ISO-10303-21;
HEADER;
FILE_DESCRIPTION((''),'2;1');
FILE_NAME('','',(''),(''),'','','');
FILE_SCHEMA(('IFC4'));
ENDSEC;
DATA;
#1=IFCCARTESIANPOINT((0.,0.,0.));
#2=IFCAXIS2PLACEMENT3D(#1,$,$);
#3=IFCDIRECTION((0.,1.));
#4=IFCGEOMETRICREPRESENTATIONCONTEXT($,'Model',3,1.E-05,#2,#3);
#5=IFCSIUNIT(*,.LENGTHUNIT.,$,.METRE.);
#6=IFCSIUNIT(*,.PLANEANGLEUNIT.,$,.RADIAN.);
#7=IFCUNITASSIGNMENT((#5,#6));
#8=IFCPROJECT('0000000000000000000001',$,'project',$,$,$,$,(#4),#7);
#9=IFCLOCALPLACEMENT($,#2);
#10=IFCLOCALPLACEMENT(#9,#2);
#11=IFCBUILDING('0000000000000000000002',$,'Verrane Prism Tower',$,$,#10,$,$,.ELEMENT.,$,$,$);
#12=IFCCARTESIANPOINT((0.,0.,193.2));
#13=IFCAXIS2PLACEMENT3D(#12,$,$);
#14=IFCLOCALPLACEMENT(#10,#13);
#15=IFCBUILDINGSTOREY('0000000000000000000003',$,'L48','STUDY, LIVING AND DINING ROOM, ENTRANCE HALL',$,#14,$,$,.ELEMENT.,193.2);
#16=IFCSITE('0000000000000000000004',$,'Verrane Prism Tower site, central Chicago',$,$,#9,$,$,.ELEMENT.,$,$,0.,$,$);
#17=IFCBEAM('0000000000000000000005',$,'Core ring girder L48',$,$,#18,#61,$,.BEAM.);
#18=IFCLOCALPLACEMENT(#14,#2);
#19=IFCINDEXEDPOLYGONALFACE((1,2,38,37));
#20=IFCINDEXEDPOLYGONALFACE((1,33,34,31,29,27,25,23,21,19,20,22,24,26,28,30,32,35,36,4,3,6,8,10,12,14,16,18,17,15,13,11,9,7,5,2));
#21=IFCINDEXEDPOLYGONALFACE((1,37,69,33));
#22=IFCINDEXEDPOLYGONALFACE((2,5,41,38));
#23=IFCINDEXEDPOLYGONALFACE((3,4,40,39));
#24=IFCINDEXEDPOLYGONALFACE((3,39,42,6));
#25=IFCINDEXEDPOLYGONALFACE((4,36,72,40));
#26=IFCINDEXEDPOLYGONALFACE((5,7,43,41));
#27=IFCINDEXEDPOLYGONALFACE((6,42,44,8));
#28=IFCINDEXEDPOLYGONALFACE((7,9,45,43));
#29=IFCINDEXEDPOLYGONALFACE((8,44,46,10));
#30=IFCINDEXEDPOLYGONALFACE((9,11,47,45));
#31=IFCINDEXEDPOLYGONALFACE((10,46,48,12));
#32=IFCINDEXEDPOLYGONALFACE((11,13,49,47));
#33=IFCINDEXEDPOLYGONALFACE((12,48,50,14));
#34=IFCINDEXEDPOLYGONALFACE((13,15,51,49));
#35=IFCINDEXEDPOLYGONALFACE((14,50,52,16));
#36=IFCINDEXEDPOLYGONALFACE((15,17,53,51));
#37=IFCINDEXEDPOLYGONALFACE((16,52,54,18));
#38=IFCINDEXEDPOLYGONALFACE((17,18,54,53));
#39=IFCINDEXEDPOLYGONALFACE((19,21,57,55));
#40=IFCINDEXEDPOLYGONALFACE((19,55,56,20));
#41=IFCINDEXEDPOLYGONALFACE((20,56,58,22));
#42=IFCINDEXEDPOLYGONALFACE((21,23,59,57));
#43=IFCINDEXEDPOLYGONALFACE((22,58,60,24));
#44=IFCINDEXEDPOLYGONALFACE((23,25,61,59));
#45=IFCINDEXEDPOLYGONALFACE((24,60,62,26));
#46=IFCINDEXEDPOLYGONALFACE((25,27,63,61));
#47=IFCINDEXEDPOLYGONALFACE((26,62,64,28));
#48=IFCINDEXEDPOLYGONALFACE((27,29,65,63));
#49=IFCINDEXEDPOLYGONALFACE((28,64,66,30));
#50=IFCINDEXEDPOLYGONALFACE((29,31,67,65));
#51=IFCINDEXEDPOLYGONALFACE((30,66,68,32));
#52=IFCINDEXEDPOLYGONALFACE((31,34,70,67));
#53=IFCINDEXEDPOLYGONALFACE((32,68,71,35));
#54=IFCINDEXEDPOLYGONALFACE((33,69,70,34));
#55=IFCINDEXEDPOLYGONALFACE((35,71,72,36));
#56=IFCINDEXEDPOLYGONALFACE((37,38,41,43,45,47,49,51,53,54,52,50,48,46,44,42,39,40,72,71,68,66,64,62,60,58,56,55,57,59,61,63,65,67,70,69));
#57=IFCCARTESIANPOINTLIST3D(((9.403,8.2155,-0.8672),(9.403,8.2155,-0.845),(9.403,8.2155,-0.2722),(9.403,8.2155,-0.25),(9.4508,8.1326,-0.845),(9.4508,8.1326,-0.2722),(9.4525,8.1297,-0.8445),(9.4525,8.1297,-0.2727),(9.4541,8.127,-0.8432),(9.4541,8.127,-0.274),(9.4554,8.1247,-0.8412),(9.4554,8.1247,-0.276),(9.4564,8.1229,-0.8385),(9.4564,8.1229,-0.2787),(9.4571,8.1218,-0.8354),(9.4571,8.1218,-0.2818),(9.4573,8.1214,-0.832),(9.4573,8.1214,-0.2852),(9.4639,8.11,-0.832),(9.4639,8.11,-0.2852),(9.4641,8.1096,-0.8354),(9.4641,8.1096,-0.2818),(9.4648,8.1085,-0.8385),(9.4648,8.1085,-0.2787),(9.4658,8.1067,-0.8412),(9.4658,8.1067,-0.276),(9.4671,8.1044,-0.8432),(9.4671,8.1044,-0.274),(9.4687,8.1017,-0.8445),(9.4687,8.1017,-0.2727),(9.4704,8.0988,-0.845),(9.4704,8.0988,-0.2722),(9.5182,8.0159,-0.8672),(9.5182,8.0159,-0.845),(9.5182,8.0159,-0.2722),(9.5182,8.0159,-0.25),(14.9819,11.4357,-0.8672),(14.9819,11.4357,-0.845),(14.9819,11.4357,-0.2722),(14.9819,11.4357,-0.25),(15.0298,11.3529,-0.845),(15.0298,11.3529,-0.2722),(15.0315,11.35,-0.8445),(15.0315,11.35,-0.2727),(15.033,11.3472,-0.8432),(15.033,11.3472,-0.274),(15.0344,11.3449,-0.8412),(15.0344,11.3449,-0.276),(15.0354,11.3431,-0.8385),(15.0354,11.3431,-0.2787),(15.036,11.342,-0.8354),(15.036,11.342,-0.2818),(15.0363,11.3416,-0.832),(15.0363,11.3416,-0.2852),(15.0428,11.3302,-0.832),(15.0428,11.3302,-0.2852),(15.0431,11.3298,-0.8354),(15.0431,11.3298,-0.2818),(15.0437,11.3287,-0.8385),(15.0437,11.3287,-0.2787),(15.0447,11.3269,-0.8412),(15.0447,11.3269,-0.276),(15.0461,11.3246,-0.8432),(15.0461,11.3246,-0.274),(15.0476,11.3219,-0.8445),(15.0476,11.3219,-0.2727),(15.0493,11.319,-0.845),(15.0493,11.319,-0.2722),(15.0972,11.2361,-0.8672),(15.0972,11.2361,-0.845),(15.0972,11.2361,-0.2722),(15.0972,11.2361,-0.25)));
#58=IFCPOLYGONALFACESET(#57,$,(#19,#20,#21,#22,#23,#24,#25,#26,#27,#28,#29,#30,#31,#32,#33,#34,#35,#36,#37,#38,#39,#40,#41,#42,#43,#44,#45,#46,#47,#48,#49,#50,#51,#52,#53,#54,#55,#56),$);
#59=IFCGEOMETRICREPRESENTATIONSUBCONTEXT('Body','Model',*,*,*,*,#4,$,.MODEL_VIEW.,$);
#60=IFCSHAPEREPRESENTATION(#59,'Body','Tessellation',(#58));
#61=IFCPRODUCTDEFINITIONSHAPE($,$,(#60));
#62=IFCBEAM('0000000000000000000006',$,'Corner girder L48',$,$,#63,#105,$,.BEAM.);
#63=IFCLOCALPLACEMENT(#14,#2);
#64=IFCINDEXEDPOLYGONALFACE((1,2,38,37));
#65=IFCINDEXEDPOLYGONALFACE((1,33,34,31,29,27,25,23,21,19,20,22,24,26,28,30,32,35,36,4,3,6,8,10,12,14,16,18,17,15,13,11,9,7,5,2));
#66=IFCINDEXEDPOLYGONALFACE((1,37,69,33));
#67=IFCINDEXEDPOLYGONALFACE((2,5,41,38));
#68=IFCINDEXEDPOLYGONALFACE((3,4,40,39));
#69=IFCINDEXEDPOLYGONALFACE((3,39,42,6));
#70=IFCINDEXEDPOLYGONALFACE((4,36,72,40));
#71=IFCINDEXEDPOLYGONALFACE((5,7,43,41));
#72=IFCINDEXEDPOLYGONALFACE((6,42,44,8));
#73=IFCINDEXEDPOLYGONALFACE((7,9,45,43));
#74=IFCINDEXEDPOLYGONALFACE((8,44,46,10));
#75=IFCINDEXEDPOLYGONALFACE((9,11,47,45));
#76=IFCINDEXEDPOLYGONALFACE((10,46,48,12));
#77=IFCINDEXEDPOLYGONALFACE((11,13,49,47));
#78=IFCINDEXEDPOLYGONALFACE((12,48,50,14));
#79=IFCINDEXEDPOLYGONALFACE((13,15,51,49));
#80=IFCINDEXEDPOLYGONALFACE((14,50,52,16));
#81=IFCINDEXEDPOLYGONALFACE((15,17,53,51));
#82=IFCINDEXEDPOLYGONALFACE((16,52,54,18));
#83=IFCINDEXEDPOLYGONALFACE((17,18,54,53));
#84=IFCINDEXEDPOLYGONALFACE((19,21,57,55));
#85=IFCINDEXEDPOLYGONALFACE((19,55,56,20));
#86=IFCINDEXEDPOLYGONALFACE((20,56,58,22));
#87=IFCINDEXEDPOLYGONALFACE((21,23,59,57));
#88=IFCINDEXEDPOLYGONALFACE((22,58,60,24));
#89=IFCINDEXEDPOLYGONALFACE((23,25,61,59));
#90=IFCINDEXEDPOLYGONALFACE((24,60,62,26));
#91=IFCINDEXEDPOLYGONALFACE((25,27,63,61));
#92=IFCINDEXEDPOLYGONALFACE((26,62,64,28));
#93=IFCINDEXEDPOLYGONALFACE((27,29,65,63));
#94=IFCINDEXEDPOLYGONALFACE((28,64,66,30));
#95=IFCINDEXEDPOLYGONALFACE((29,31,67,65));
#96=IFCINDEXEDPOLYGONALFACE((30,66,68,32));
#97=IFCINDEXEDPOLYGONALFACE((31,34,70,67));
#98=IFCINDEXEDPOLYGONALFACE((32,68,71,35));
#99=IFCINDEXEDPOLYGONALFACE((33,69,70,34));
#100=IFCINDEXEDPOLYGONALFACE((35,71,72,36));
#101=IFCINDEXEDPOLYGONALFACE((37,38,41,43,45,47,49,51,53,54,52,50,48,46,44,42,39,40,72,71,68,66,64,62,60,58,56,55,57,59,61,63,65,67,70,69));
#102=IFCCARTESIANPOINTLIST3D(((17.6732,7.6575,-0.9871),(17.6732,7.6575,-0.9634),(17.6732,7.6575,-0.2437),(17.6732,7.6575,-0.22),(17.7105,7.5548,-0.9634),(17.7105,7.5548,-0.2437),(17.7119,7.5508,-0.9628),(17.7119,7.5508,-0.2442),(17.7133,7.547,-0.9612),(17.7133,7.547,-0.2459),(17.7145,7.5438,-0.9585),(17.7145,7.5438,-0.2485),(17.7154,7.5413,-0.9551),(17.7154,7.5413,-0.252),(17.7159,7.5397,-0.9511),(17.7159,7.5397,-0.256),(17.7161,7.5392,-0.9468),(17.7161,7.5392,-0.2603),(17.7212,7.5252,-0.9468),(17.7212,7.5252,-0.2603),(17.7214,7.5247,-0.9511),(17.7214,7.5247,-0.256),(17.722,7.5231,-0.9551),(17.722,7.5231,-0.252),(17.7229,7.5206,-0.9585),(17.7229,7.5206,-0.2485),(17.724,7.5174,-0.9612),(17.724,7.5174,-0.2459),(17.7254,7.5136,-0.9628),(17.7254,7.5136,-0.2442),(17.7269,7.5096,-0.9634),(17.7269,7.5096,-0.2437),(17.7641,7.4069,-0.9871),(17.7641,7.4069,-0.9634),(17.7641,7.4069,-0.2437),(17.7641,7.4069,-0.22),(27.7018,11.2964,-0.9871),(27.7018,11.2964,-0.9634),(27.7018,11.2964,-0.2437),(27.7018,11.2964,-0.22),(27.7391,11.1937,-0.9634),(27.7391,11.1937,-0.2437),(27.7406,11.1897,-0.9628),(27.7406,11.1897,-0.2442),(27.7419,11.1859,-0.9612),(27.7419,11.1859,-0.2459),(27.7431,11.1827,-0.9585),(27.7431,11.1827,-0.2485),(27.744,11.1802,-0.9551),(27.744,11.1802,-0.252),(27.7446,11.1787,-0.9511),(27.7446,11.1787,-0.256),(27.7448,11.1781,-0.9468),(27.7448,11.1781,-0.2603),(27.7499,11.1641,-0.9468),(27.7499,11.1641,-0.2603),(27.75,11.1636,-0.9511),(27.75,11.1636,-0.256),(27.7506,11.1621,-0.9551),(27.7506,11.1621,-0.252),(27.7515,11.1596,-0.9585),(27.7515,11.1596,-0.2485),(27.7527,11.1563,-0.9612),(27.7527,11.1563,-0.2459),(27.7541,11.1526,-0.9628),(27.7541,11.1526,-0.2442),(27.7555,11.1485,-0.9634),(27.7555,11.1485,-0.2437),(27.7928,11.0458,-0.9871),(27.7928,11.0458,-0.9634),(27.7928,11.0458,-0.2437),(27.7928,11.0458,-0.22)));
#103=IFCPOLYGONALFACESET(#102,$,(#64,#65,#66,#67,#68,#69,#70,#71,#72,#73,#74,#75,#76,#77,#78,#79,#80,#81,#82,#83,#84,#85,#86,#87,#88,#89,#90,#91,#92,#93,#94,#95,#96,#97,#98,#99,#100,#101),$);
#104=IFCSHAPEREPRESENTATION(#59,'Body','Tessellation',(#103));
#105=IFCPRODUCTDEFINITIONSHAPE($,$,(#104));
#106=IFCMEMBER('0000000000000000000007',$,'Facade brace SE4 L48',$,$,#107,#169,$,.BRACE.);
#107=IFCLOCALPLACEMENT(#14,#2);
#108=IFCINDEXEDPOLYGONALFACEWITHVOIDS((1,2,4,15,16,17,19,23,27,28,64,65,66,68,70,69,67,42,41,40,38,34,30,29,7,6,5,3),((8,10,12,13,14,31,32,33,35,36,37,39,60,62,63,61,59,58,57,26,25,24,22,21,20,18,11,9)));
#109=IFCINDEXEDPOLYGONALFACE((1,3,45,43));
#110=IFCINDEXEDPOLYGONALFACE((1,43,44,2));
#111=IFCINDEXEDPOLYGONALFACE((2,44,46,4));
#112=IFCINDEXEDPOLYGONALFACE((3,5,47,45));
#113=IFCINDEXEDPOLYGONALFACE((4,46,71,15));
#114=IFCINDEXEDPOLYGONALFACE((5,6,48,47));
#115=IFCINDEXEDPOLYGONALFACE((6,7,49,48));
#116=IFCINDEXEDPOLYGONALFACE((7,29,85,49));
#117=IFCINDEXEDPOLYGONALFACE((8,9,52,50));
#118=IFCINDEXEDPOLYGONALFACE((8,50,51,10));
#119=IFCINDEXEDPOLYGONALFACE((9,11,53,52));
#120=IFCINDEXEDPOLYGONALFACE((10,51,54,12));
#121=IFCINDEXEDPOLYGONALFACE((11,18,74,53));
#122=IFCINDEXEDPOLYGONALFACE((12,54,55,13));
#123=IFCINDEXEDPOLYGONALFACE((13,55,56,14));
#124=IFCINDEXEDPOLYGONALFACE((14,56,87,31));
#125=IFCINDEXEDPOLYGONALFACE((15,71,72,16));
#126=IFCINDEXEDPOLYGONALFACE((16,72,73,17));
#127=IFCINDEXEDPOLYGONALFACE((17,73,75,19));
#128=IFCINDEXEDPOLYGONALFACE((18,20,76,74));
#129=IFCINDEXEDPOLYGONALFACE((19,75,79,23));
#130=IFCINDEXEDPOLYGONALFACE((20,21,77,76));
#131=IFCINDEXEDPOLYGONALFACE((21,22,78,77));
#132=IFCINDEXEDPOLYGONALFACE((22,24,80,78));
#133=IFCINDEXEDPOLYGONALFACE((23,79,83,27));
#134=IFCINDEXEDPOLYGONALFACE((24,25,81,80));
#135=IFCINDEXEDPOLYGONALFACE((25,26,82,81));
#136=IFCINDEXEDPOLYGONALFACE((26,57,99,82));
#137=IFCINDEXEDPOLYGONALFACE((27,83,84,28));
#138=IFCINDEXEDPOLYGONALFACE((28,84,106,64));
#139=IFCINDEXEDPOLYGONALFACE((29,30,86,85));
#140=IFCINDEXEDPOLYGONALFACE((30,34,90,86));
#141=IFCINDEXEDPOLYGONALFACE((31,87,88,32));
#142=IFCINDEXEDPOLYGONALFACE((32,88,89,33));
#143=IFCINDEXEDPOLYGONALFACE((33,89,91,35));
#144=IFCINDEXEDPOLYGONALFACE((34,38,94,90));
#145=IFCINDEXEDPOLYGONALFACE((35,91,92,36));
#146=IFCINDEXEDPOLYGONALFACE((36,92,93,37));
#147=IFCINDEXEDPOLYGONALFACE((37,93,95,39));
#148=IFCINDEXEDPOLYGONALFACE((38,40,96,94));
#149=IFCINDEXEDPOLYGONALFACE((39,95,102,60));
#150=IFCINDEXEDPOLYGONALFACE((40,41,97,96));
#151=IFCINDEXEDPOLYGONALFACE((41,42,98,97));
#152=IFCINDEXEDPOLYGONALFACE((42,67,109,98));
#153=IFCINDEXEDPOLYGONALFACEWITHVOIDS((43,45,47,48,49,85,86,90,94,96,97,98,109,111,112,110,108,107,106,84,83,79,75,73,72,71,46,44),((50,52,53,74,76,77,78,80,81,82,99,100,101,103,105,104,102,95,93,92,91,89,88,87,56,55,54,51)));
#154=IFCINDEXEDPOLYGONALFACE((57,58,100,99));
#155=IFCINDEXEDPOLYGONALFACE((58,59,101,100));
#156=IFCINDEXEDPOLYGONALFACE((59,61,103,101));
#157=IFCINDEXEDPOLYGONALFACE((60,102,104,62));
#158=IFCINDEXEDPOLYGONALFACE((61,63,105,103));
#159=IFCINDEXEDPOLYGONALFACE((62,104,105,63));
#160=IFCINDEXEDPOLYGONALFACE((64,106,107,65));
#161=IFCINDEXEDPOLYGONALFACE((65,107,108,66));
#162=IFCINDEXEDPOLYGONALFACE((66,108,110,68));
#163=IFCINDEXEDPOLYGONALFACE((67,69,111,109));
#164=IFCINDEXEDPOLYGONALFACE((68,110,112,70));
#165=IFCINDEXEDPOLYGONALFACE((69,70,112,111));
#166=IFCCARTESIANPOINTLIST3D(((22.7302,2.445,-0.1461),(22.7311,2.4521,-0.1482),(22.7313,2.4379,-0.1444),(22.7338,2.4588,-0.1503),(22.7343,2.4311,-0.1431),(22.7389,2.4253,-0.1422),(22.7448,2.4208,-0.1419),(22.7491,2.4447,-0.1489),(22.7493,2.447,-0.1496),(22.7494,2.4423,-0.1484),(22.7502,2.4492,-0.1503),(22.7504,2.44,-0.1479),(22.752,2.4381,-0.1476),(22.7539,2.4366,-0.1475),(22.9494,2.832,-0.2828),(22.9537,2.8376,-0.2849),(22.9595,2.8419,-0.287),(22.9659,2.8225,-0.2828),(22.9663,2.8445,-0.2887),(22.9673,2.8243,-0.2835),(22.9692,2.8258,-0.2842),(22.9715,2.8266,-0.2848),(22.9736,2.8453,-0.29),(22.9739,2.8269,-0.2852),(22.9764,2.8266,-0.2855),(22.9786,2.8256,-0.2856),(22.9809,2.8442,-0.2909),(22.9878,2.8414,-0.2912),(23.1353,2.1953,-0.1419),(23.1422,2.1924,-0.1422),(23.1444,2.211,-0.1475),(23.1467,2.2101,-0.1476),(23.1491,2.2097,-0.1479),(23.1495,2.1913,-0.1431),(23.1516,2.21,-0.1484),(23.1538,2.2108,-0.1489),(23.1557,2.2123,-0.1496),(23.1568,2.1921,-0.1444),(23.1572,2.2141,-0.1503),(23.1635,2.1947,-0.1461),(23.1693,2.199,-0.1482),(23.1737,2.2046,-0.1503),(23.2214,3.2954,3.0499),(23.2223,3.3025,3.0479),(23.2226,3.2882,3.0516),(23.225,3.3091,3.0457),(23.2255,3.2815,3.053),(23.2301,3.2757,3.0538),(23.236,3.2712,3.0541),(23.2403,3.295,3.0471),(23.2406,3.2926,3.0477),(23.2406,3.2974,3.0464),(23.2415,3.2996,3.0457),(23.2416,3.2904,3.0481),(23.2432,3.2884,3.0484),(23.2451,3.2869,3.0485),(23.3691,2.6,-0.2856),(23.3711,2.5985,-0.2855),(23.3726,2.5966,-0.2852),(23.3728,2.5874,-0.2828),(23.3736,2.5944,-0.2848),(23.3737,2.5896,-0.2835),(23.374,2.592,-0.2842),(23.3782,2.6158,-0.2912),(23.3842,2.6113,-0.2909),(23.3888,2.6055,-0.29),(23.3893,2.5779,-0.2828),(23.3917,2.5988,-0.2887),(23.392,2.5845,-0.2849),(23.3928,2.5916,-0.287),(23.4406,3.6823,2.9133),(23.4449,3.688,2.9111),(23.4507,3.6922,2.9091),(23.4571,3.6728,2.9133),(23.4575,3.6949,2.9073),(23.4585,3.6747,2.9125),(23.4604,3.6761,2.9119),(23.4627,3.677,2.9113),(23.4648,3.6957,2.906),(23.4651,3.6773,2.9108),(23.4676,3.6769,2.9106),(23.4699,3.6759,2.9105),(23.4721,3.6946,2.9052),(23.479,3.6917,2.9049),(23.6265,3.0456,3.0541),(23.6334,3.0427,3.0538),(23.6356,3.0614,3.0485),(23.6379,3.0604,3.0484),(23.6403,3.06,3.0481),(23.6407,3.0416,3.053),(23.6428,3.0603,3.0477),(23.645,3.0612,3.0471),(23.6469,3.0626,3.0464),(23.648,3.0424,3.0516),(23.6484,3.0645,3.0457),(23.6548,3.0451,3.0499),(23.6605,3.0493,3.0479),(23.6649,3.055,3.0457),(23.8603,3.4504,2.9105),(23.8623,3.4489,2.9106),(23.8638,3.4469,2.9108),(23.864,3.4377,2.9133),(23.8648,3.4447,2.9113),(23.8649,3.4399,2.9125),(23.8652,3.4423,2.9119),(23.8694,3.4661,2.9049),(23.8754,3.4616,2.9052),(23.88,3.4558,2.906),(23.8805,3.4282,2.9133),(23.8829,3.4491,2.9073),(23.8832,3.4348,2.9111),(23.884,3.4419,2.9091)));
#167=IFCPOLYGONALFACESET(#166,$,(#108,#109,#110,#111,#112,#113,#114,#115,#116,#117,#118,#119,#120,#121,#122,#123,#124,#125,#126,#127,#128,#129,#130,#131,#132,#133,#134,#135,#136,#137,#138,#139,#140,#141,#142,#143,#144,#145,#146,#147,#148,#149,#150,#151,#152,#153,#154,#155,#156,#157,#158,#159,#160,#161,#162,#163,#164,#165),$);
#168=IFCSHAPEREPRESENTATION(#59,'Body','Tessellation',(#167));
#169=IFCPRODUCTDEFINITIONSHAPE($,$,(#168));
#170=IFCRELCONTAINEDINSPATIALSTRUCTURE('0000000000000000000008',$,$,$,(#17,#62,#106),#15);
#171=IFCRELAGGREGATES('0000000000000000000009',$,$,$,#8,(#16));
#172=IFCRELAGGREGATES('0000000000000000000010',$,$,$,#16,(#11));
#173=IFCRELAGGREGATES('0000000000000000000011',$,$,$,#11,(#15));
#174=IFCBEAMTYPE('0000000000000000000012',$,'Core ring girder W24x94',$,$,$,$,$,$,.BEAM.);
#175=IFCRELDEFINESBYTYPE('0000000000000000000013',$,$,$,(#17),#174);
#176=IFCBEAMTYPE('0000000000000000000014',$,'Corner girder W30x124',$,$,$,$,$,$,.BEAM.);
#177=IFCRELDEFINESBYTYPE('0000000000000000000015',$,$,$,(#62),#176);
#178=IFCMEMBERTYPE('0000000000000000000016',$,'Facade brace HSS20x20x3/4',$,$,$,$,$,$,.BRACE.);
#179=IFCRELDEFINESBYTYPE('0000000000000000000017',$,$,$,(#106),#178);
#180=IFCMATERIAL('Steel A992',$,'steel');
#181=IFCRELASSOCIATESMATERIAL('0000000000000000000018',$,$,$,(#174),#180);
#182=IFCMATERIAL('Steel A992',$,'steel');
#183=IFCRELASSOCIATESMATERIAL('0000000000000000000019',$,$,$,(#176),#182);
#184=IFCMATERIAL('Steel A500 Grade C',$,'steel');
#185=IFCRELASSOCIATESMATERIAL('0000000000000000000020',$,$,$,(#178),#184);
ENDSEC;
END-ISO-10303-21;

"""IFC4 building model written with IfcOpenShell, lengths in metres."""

from ifc_helpers import new_model, si_unit, direction, frame, origin, origin_2d, place, context, subcontext, project, spatial, hollow_rectangle, i_section, extrude, material, material_profile, profile_set, type_object, element, save


model = new_model("IFC4")

# Units and contexts
model_context = context("Model", 3, precision=1e-05, world=origin(), true_north=direction((0.0, 1.0)))
body_context = subcontext(model_context, "Body", "Model", "MODEL_VIEW")
ifc_project = project(units=[si_unit("LENGTHUNIT", "METRE"), si_unit("PLANEANGLEUNIT", "RADIAN")], contexts=[model_context])

# Site, building, storey
site_placement = place(None, origin())
site = spatial("IfcSite", under=ifc_project, at=site_placement, Name="Verrane Prism Tower site, central Chicago", CompositionType="ELEMENT", RefElevation=0.0)
building_placement = place(site_placement, origin())
building = spatial("IfcBuilding", under=site, at=building_placement, Name="Verrane Prism Tower", CompositionType="ELEMENT")
storey_placement = place(building_placement, frame((0.0, 0.0, 193.2)))
storey = spatial("IfcBuildingStorey", under=building, at=storey_placement, Name="L48", Description="STUDY, LIVING AND DINING ROOM, ENTRANCE HALL", CompositionType="ELEMENT", Elevation=193.2)

# Beams
ifc_material_1 = material(Name="Steel A992", Category="steel")
ifc_material_profile_1 = material_profile(ifc_material_1, i_section(OverallWidth=0.2305, OverallDepth=0.6172, WebThickness=0.0132, FlangeThickness=0.0222, FilletRadius=0.0129, at=origin_2d()), Name="W24x94")
ifc_profile_set_1 = profile_set([ifc_material_profile_1], Name="Steel A992")
beam_type_1 = type_object("IfcBeamType", Name="Core ring girder W24x94", PredefinedType="BEAM", material=ifc_profile_set_1)
beam_1_placement = place(storey_placement, frame((15.0396, 11.3359, -0.5586), z_axis=(-0.866075, -0.499914, 0.0), x_axis=(0.499914, -0.866075, 0.0)))
element("IfcBeam", 1, at=beam_1_placement, inside=storey, type_object=beam_type_1, Name="Core ring girder L48", PredefinedType="BEAM", context=body_context, shape_type="SweptSolid", body=[
    extrude(i_section(OverallWidth=0.2305, OverallDepth=0.6172, WebThickness=0.0132, FlangeThickness=0.0222, FilletRadius=0.0129, at=origin_2d()), origin(), (0.0, 0.0, 1.0), 6.4417),
])
ifc_material_2 = material(Name="Steel A992", Category="steel")
ifc_material_profile_2 = material_profile(ifc_material_2, i_section(OverallWidth=0.2666, OverallDepth=0.7671, WebThickness=0.0149, FlangeThickness=0.0237, FilletRadius=0.0166, at=origin_2d()), Name="W30x124")
ifc_profile_set_2 = profile_set([ifc_material_profile_2], Name="Steel A992")
beam_type_2 = type_object("IfcBeamType", Name="Corner girder W30x124", PredefinedType="BEAM", material=ifc_profile_set_2)
beam_2_placement = place(storey_placement, frame((27.7473, 11.1711, -0.6035), z_axis=(-0.940029, -0.341094, 0.0), x_axis=(0.341094, -0.940029, 0.0)))
element("IfcBeam", 2, at=beam_2_placement, inside=storey, type_object=beam_type_2, Name="Corner girder L48", PredefinedType="BEAM", context=body_context, shape_type="SweptSolid", body=[
    extrude(i_section(OverallWidth=0.2666, OverallDepth=0.7671, WebThickness=0.0149, FlangeThickness=0.0237, FilletRadius=0.0166, at=origin_2d()), origin(), (0.0, 0.0, 1.0), 10.6685),
])

# Member
ifc_material_3 = material(Name="Steel A500 Grade C", Category="steel")
ifc_material_profile_3 = material_profile(ifc_material_3, hollow_rectangle(XDim=0.5081, YDim=0.5081, WallThickness=0.019, InnerFilletRadius=0.0095, OuterFilletRadius=0.0286, at=origin_2d()), Name="HSS20x20x3/4")
ifc_profile_set_3 = profile_set([ifc_material_profile_3], Name="Steel A500 Grade C")
member_type_1 = type_object("IfcMemberType", Name="Facade brace HSS20x20x3/4", PredefinedType="BRACE", material=ifc_profile_set_3)
member_1_placement = place(storey_placement, frame((23.0615, 2.5183, -0.2166), z_axis=(0.146915, 0.254326, 0.955895), x_axis=(-0.865908, 0.500203, 0.0)))
element("IfcMember", 3, at=member_1_placement, inside=storey, type_object=member_type_1, Name="Facade brace SE4 L48", PredefinedType="BRACE", context=body_context, shape_type="SweptSolid", body=[
    extrude(hollow_rectangle(XDim=0.5081, YDim=0.5081, WallThickness=0.019, InnerFilletRadius=0.0095, OuterFilletRadius=0.0286, at=origin_2d()), origin(), (0.0, 0.0, 1.0), 3.3435),
])

save(model, "model.ifc")
